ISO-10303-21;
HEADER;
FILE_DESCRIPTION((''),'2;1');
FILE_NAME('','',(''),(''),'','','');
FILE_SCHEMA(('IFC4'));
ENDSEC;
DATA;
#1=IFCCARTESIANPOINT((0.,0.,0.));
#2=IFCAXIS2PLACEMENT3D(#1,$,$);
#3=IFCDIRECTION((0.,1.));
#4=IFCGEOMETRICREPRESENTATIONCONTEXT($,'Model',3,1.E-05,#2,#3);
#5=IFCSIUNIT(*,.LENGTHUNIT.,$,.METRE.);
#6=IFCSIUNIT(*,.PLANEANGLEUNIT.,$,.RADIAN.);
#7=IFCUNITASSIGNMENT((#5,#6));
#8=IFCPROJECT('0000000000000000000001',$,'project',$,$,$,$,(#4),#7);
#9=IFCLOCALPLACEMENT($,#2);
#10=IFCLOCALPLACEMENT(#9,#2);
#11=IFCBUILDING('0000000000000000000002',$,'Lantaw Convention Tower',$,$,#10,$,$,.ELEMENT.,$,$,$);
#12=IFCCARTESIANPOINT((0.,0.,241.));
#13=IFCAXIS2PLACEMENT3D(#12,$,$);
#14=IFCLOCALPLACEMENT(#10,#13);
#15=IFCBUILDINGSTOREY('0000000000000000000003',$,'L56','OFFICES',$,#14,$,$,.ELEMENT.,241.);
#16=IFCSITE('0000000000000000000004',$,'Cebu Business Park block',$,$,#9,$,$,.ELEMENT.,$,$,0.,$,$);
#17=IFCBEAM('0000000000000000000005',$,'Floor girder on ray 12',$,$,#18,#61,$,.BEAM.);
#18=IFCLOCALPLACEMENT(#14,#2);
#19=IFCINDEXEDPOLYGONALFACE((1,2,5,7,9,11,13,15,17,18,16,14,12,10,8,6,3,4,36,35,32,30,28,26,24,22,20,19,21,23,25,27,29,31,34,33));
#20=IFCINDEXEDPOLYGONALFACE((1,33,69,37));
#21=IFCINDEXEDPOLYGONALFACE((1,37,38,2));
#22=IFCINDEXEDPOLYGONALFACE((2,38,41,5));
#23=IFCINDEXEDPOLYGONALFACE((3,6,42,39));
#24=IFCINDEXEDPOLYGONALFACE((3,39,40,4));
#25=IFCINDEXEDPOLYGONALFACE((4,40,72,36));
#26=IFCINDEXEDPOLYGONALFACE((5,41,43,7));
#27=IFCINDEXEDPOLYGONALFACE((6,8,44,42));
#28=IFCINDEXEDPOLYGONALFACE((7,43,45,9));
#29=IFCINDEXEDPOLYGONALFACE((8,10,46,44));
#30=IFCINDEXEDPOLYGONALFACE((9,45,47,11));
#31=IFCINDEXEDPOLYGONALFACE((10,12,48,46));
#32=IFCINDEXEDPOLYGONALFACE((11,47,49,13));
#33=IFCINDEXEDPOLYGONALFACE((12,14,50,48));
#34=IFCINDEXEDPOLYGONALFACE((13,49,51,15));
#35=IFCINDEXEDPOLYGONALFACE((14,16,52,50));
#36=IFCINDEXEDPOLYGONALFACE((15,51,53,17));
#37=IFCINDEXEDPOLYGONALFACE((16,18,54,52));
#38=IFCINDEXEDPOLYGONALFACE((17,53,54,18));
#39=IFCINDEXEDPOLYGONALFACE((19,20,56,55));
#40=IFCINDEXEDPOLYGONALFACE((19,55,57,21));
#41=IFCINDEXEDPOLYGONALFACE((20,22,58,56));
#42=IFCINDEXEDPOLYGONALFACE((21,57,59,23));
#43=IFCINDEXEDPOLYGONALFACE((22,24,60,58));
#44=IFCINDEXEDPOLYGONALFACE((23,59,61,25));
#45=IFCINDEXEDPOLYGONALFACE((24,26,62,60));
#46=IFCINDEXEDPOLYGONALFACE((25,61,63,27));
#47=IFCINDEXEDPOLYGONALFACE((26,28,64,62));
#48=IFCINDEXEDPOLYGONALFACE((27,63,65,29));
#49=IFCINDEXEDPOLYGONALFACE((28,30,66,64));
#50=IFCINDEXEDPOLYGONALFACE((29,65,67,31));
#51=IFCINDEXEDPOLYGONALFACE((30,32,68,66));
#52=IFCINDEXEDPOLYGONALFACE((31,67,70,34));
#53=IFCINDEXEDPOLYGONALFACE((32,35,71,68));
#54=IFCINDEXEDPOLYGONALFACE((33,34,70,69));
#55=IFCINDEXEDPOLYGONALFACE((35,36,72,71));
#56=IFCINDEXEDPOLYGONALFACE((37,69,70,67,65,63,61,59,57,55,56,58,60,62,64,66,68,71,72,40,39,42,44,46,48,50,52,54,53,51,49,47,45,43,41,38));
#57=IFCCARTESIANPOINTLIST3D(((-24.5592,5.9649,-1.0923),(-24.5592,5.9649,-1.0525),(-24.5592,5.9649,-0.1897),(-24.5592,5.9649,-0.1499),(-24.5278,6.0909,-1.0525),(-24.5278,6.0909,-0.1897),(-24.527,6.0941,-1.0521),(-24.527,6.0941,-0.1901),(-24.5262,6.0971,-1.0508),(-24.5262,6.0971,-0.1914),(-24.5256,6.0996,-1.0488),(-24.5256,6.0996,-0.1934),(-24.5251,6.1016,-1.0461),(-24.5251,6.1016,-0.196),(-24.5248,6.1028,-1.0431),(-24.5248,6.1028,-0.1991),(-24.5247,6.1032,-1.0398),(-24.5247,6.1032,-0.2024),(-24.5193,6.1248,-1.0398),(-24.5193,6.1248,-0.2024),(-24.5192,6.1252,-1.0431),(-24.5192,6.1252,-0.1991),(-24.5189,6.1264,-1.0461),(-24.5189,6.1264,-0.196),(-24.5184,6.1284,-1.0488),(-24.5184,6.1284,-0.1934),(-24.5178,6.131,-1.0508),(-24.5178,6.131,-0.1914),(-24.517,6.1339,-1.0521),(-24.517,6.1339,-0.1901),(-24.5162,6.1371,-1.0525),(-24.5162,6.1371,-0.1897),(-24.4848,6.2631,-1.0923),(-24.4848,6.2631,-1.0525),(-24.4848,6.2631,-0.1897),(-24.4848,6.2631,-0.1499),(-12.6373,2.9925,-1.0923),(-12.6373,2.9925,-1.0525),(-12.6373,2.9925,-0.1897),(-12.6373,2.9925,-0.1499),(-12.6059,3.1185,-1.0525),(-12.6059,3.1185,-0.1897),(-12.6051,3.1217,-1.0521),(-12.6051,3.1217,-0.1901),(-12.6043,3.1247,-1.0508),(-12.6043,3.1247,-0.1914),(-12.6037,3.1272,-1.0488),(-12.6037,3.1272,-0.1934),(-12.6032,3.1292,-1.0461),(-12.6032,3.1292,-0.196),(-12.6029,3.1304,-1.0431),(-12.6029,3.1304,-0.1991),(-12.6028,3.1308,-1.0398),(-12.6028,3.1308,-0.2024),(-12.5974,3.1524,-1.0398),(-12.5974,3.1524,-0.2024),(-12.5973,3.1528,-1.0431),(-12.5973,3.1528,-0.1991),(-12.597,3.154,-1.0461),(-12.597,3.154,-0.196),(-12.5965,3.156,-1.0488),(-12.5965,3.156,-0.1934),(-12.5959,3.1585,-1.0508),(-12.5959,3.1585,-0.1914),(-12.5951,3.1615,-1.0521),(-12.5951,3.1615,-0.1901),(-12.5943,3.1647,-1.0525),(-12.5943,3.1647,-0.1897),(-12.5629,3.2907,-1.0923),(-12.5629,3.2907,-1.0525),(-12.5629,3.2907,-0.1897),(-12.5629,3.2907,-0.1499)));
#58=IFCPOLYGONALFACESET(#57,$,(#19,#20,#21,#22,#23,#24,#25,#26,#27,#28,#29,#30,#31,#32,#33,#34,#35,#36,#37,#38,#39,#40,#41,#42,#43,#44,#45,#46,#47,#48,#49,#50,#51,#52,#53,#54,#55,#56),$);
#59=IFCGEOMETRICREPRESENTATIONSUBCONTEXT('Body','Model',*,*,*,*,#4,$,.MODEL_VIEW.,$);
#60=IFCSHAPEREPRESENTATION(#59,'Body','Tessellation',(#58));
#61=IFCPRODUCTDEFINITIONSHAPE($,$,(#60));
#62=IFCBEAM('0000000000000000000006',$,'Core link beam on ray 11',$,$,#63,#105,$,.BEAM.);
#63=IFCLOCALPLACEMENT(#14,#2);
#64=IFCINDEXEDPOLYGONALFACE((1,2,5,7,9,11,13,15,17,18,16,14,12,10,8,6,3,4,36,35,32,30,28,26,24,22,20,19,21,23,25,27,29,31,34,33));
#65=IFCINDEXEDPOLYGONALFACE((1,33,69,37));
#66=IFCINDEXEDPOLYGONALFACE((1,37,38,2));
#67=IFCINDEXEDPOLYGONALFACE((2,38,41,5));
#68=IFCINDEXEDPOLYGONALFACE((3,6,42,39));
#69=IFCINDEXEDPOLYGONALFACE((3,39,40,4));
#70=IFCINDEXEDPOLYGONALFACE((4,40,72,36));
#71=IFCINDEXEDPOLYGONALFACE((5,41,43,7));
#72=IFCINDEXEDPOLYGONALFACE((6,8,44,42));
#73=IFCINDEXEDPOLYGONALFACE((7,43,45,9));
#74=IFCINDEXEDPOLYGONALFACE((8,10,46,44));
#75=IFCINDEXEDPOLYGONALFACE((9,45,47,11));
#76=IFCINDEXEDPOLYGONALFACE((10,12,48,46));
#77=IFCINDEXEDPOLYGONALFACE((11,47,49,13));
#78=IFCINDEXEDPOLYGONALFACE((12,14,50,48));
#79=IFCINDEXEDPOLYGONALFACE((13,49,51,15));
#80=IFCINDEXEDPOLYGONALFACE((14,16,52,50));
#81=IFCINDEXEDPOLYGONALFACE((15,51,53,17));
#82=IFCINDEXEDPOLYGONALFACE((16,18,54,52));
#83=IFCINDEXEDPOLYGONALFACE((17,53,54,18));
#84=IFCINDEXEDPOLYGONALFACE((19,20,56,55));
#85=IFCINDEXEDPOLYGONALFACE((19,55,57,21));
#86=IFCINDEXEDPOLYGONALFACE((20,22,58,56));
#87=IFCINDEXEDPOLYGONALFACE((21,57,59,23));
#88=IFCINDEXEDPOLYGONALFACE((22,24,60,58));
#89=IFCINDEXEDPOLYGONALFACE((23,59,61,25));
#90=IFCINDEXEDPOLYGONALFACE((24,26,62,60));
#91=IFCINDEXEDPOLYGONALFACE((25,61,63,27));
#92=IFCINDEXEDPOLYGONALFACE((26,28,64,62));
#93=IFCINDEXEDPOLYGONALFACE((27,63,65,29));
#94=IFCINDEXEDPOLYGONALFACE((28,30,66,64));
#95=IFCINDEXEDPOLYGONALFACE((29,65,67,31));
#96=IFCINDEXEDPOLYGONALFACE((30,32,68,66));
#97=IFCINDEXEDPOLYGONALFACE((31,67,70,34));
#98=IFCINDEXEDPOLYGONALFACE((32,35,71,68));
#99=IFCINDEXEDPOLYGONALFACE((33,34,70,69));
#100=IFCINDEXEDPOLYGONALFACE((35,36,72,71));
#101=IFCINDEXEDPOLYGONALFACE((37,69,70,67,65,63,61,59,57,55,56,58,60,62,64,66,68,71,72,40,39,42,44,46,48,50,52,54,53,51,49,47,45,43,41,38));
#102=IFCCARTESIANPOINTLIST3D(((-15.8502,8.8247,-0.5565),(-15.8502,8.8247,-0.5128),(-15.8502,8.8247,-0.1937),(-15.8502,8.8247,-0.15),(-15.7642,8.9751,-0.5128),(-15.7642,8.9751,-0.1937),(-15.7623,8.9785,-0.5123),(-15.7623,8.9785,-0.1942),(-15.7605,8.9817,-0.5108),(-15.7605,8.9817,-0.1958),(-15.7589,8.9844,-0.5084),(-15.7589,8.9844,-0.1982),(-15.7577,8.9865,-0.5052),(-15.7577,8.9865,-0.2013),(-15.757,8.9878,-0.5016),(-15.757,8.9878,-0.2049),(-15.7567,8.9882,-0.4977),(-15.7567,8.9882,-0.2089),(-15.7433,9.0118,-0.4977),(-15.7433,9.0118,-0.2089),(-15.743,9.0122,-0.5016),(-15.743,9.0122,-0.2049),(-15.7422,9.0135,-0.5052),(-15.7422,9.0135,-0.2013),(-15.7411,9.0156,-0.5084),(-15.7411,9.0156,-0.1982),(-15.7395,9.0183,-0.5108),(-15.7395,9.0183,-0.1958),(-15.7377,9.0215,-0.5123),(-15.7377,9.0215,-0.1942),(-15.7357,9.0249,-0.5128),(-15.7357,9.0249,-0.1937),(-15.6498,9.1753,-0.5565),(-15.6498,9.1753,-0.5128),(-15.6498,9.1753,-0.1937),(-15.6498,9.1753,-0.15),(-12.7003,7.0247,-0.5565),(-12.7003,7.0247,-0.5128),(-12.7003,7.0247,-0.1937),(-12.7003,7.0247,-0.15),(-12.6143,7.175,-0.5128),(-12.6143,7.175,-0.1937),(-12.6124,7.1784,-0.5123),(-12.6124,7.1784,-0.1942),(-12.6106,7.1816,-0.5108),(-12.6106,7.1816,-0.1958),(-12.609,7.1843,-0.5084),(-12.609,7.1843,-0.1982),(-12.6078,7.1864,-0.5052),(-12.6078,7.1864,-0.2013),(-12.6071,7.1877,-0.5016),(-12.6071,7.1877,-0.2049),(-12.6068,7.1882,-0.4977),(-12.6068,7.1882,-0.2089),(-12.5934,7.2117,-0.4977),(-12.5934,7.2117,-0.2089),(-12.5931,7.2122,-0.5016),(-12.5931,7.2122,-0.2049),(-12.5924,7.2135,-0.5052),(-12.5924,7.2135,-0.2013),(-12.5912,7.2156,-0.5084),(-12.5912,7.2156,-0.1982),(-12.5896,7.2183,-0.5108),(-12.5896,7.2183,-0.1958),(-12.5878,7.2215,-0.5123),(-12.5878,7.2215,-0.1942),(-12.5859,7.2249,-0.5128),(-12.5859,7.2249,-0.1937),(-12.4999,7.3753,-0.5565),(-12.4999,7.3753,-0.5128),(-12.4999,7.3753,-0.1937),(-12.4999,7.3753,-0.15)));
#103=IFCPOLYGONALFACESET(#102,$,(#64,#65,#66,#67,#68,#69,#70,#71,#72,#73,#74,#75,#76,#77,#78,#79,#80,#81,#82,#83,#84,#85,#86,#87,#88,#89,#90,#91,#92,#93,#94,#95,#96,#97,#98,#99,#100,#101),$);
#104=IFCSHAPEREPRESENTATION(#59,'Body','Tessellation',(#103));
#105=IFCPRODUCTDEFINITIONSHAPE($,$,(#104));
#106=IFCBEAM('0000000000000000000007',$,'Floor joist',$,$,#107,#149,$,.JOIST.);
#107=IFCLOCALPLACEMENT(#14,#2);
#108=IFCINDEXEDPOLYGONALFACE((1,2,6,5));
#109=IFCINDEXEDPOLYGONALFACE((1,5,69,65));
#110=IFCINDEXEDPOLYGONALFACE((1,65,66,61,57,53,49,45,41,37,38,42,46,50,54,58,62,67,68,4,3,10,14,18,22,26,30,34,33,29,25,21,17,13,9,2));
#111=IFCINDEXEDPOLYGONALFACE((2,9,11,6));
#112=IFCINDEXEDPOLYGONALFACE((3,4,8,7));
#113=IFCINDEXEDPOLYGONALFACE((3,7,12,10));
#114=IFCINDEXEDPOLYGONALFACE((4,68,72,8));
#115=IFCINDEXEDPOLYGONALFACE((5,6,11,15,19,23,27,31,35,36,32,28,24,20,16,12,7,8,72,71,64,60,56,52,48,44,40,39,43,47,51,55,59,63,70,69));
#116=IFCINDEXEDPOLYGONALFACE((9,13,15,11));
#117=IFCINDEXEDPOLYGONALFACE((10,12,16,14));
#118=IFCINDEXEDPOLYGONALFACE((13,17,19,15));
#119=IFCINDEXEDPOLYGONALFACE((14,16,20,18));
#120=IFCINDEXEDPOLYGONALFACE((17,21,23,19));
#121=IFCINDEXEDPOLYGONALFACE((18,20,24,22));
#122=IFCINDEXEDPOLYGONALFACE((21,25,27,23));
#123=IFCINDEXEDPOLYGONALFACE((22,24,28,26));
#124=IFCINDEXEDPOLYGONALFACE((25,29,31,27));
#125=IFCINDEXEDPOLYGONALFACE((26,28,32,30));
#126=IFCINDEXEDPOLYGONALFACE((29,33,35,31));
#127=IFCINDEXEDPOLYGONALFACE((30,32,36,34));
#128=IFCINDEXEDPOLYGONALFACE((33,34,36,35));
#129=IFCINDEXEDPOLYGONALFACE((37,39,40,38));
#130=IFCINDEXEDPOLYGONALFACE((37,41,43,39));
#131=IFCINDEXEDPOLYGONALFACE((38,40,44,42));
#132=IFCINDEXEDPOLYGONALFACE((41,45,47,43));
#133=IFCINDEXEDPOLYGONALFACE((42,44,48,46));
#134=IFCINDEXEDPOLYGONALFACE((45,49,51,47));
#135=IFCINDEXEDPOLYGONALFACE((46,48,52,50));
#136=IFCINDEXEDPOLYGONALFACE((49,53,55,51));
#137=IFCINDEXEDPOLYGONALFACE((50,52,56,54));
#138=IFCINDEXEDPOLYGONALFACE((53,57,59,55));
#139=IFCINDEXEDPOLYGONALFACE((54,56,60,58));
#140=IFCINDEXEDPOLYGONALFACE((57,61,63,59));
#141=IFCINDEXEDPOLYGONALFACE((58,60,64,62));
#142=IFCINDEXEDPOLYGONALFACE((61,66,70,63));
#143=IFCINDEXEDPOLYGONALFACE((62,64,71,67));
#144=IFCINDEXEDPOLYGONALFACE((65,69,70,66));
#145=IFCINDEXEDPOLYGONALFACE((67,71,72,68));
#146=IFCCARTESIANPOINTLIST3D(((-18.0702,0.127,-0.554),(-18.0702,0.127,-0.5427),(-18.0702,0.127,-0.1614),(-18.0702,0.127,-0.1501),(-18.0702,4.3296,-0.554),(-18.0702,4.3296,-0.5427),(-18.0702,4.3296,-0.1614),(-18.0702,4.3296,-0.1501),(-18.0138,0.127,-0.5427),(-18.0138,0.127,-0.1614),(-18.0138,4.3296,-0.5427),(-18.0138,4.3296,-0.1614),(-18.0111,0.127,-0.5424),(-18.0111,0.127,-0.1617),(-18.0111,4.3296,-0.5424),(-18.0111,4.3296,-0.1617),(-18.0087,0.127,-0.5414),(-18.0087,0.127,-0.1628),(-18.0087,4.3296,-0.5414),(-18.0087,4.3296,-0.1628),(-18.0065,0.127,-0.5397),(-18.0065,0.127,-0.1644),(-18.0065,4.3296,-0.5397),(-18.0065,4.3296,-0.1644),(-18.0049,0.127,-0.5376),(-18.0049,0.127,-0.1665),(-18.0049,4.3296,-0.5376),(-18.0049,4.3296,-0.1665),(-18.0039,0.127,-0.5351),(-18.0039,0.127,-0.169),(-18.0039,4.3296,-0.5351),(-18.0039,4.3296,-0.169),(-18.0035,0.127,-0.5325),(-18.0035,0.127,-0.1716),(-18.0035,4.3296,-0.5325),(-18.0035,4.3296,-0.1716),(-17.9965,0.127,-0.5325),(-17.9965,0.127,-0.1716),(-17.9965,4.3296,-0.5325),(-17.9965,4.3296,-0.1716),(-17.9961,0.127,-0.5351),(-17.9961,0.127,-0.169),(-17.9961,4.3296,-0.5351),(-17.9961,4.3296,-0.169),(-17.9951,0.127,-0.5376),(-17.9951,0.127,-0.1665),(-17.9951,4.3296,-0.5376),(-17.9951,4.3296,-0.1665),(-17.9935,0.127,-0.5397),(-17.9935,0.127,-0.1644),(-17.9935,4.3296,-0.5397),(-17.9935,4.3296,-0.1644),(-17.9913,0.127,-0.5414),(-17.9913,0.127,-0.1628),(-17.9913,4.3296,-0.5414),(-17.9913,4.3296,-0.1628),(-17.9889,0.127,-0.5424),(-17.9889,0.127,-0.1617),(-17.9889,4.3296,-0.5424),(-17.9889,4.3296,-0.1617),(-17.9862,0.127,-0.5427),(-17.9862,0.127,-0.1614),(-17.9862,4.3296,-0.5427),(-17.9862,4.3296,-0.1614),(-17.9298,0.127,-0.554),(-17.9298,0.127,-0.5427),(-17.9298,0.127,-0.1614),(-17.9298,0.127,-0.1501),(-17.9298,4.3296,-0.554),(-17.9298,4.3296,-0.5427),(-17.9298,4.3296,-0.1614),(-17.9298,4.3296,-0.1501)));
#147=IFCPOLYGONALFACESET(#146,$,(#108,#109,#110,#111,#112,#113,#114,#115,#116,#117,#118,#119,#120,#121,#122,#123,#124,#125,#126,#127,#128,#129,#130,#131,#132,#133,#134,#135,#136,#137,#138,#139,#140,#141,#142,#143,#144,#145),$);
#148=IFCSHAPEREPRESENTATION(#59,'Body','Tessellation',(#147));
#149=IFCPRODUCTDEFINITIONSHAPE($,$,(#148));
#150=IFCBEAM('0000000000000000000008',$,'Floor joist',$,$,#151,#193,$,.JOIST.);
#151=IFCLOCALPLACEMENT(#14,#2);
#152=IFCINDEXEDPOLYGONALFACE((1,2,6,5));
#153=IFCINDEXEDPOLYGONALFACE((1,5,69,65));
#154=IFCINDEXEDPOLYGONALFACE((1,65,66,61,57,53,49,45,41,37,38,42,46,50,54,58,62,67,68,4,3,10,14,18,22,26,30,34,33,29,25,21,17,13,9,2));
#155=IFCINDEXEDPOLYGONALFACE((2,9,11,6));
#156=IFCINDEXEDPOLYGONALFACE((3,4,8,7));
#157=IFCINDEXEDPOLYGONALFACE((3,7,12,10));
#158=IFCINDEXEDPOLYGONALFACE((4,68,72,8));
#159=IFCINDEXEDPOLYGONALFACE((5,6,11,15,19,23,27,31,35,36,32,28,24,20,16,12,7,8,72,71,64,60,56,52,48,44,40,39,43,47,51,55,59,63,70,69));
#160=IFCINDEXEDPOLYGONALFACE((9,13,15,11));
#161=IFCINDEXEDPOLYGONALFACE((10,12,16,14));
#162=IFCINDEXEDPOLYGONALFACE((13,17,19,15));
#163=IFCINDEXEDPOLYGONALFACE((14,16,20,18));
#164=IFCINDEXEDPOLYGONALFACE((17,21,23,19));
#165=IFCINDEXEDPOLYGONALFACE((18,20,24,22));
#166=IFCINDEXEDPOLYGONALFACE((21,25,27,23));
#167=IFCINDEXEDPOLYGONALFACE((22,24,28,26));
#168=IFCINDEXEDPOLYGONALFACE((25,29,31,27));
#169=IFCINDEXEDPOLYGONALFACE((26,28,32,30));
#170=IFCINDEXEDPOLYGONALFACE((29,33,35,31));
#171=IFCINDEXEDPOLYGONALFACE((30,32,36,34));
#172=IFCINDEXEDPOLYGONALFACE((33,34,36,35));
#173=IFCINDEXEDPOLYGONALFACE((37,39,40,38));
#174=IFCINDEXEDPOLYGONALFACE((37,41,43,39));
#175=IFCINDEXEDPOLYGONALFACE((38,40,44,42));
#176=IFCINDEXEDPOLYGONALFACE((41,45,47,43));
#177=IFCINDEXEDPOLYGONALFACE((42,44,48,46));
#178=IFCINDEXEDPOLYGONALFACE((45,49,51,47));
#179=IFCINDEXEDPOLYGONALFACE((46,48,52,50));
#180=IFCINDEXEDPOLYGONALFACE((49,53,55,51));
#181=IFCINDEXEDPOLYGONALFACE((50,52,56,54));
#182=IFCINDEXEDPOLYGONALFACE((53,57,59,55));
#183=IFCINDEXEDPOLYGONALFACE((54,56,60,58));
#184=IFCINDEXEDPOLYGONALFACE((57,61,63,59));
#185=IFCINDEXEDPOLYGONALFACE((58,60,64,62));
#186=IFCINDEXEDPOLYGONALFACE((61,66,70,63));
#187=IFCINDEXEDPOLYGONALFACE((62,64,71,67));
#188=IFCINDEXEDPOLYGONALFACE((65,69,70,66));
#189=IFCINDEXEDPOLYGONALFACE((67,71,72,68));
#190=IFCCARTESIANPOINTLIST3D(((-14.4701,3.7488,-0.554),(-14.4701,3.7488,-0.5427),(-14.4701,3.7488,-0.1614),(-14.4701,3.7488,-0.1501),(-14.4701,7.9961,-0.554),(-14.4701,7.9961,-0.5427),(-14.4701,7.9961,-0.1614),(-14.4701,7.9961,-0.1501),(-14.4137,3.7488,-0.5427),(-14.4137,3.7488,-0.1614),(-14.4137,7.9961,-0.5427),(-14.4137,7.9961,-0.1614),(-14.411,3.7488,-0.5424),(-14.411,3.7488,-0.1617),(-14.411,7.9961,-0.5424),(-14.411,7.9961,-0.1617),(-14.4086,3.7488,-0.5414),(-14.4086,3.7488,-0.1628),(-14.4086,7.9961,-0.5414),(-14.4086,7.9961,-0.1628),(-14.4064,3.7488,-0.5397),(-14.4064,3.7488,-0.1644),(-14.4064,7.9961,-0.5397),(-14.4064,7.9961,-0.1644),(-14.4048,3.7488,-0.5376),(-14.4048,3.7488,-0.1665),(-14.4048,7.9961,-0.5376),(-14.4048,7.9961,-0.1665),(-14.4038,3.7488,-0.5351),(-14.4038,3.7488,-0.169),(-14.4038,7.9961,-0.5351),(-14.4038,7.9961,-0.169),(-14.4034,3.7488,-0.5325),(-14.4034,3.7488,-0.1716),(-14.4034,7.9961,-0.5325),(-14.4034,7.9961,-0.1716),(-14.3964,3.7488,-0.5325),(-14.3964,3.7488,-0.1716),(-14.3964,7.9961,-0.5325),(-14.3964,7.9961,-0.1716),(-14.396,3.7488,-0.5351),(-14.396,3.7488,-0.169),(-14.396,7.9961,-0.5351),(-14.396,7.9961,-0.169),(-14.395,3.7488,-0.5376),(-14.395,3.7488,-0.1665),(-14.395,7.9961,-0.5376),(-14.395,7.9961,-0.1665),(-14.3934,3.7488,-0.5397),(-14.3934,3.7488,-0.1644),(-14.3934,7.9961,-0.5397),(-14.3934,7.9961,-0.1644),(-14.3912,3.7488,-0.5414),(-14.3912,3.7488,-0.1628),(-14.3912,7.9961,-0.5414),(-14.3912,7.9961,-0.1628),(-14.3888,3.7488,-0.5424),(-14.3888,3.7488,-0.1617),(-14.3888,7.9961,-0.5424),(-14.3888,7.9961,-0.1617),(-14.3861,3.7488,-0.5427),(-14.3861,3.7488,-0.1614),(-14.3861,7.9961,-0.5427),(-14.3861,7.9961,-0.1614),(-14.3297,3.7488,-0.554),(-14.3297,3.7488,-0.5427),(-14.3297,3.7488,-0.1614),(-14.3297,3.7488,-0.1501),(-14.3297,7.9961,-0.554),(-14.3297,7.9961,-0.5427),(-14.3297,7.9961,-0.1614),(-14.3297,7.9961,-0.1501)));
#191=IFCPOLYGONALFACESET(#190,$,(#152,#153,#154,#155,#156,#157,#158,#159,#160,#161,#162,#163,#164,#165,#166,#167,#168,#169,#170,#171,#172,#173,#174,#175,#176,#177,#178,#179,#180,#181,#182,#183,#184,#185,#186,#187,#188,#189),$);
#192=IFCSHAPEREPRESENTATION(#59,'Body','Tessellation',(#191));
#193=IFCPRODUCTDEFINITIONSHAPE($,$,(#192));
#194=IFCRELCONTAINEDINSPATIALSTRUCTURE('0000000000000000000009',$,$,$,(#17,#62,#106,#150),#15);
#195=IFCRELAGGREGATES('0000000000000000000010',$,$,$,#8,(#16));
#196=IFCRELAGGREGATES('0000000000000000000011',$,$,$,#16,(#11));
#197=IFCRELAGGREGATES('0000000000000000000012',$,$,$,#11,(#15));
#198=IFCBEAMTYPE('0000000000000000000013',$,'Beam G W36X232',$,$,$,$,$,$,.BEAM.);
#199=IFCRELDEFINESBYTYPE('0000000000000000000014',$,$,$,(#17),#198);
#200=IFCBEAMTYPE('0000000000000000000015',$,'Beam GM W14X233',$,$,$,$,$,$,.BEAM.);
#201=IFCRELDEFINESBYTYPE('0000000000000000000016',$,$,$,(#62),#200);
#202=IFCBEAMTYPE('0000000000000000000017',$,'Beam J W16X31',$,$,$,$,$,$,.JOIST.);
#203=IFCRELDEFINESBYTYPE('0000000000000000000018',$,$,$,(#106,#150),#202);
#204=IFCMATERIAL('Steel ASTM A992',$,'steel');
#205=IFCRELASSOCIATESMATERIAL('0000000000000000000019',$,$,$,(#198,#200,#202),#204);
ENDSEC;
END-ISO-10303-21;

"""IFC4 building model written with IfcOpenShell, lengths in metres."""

from ifc_helpers import new_model, si_unit, direction, frame, origin, origin_2d, place, context, subcontext, project, spatial, i_section, extrude, material, material_profile, profile_set, type_object, element, save


model = new_model("IFC4")

# Units and contexts
model_context = context("Model", 3, precision=1e-05, world=origin(), true_north=direction((0.0, 1.0)))
body_context = subcontext(model_context, "Body", "Model", "MODEL_VIEW")
ifc_project = project(units=[si_unit("LENGTHUNIT", "METRE"), si_unit("PLANEANGLEUNIT", "RADIAN")], contexts=[model_context])

# Site, building, storey
site_placement = place(None, origin())
site = spatial("IfcSite", under=ifc_project, at=site_placement, Name="Cebu Business Park block", CompositionType="ELEMENT", RefElevation=0.0)
building_placement = place(site_placement, origin())
building = spatial("IfcBuilding", under=site, at=building_placement, Name="Lantaw Convention Tower", CompositionType="ELEMENT")
storey_placement = place(building_placement, frame((0.0, 0.0, 241.0)))
storey = spatial("IfcBuildingStorey", under=building, at=storey_placement, Name="L56", Description="OFFICES", CompositionType="ELEMENT", Elevation=241.0)

# Beams
ifc_material_1 = material(Name="Steel ASTM A992", Category="steel")
ifc_material_profile_1 = material_profile(ifc_material_1, i_section(OverallWidth=0.3074, OverallDepth=0.9424, WebThickness=0.0222, FlangeThickness=0.0398, FilletRadius=0.0127, at=origin_2d()), Name="W36X232")
ifc_profile_set_1 = profile_set([ifc_material_profile_1], Name="Steel ASTM A992")
beam_type_1 = type_object("IfcBeamType", Name="Beam G W36X232", PredefinedType="BEAM", material=ifc_profile_set_1)
beam_1_placement = place(storey_placement, frame((-12.6001, 3.1416, -0.6211), z_axis=(-0.970297, 0.241918, 0.0), x_axis=(-0.241918, -0.970297, 0.0)))
element("IfcBeam", 1, at=beam_1_placement, inside=storey, type_object=beam_type_1, Name="Floor girder on ray 12", PredefinedType="BEAM", context=body_context, shape_type="SweptSolid", body=[
    extrude(i_section(OverallWidth=0.3074, OverallDepth=0.9424, WebThickness=0.0222, FlangeThickness=0.0398, FilletRadius=0.0127, at=origin_2d()), origin(), (0.0, 0.0, 1.0), 12.2869),
])
ifc_material_profile_2 = material_profile(ifc_material_1, i_section(OverallWidth=0.4038, OverallDepth=0.4065, WebThickness=0.0271, FlangeThickness=0.0437, FilletRadius=0.0151, at=origin_2d()), Name="W14X233")
ifc_profile_set_2 = profile_set([ifc_material_profile_2], Name="Steel ASTM A992")
beam_type_2 = type_object("IfcBeamType", Name="Beam GM W14X233", PredefinedType="BEAM", material=ifc_profile_set_2)
beam_2_placement = place(storey_placement, frame((-12.6001, 7.2, -0.3533), z_axis=(-0.868231, 0.496161, 0.0), x_axis=(-0.496161, -0.868231, 0.0)))
element("IfcBeam", 2, at=beam_2_placement, inside=storey, type_object=beam_type_2, Name="Core link beam on ray 11", PredefinedType="BEAM", context=body_context, shape_type="SweptSolid", body=[
    extrude(i_section(OverallWidth=0.4038, OverallDepth=0.4065, WebThickness=0.0271, FlangeThickness=0.0437, FilletRadius=0.0151, at=origin_2d()), origin(), (0.0, 0.0, 1.0), 3.6279),
])
ifc_material_profile_3 = material_profile(ifc_material_1, i_section(OverallWidth=0.1404, OverallDepth=0.4038, WebThickness=0.0071, FlangeThickness=0.0112, FilletRadius=0.0103, at=origin_2d()), Name="W16X31")
ifc_profile_set_3 = profile_set([ifc_material_profile_3], Name="Steel ASTM A992")
beam_type_3 = type_object("IfcBeamType", Name="Beam J W16X31", PredefinedType="JOIST", material=ifc_profile_set_3)
beam_3_placement = place(storey_placement, frame((-18.0, 0.127, -0.3521), z_axis=(0.0, 1.0, 0.0), x_axis=(-1.0, 0.0, 0.0)))
element("IfcBeam", 3, at=beam_3_placement, inside=storey, type_object=beam_type_3, Name="Floor joist", PredefinedType="JOIST", context=body_context, shape_type="SweptSolid", body=[
    extrude(i_section(OverallWidth=0.1404, OverallDepth=0.4038, WebThickness=0.0071, FlangeThickness=0.0112, FilletRadius=0.0103, at=origin_2d()), origin(), (0.0, 0.0, 1.0), 4.2026),
])
beam_4_placement = place(storey_placement, frame((-14.3999, 3.7488, -0.3521), z_axis=(0.0, 1.0, 0.0), x_axis=(-1.0, 0.0, 0.0)))
element("IfcBeam", 4, at=beam_4_placement, inside=storey, type_object=beam_type_3, Name="Floor joist", PredefinedType="JOIST", context=body_context, shape_type="SweptSolid", body=[
    extrude(i_section(OverallWidth=0.1404, OverallDepth=0.4038, WebThickness=0.0071, FlangeThickness=0.0112, FilletRadius=0.0103, at=origin_2d()), origin(), (0.0, 0.0, 1.0), 4.2473),
])

save(model, "model.ifc")
